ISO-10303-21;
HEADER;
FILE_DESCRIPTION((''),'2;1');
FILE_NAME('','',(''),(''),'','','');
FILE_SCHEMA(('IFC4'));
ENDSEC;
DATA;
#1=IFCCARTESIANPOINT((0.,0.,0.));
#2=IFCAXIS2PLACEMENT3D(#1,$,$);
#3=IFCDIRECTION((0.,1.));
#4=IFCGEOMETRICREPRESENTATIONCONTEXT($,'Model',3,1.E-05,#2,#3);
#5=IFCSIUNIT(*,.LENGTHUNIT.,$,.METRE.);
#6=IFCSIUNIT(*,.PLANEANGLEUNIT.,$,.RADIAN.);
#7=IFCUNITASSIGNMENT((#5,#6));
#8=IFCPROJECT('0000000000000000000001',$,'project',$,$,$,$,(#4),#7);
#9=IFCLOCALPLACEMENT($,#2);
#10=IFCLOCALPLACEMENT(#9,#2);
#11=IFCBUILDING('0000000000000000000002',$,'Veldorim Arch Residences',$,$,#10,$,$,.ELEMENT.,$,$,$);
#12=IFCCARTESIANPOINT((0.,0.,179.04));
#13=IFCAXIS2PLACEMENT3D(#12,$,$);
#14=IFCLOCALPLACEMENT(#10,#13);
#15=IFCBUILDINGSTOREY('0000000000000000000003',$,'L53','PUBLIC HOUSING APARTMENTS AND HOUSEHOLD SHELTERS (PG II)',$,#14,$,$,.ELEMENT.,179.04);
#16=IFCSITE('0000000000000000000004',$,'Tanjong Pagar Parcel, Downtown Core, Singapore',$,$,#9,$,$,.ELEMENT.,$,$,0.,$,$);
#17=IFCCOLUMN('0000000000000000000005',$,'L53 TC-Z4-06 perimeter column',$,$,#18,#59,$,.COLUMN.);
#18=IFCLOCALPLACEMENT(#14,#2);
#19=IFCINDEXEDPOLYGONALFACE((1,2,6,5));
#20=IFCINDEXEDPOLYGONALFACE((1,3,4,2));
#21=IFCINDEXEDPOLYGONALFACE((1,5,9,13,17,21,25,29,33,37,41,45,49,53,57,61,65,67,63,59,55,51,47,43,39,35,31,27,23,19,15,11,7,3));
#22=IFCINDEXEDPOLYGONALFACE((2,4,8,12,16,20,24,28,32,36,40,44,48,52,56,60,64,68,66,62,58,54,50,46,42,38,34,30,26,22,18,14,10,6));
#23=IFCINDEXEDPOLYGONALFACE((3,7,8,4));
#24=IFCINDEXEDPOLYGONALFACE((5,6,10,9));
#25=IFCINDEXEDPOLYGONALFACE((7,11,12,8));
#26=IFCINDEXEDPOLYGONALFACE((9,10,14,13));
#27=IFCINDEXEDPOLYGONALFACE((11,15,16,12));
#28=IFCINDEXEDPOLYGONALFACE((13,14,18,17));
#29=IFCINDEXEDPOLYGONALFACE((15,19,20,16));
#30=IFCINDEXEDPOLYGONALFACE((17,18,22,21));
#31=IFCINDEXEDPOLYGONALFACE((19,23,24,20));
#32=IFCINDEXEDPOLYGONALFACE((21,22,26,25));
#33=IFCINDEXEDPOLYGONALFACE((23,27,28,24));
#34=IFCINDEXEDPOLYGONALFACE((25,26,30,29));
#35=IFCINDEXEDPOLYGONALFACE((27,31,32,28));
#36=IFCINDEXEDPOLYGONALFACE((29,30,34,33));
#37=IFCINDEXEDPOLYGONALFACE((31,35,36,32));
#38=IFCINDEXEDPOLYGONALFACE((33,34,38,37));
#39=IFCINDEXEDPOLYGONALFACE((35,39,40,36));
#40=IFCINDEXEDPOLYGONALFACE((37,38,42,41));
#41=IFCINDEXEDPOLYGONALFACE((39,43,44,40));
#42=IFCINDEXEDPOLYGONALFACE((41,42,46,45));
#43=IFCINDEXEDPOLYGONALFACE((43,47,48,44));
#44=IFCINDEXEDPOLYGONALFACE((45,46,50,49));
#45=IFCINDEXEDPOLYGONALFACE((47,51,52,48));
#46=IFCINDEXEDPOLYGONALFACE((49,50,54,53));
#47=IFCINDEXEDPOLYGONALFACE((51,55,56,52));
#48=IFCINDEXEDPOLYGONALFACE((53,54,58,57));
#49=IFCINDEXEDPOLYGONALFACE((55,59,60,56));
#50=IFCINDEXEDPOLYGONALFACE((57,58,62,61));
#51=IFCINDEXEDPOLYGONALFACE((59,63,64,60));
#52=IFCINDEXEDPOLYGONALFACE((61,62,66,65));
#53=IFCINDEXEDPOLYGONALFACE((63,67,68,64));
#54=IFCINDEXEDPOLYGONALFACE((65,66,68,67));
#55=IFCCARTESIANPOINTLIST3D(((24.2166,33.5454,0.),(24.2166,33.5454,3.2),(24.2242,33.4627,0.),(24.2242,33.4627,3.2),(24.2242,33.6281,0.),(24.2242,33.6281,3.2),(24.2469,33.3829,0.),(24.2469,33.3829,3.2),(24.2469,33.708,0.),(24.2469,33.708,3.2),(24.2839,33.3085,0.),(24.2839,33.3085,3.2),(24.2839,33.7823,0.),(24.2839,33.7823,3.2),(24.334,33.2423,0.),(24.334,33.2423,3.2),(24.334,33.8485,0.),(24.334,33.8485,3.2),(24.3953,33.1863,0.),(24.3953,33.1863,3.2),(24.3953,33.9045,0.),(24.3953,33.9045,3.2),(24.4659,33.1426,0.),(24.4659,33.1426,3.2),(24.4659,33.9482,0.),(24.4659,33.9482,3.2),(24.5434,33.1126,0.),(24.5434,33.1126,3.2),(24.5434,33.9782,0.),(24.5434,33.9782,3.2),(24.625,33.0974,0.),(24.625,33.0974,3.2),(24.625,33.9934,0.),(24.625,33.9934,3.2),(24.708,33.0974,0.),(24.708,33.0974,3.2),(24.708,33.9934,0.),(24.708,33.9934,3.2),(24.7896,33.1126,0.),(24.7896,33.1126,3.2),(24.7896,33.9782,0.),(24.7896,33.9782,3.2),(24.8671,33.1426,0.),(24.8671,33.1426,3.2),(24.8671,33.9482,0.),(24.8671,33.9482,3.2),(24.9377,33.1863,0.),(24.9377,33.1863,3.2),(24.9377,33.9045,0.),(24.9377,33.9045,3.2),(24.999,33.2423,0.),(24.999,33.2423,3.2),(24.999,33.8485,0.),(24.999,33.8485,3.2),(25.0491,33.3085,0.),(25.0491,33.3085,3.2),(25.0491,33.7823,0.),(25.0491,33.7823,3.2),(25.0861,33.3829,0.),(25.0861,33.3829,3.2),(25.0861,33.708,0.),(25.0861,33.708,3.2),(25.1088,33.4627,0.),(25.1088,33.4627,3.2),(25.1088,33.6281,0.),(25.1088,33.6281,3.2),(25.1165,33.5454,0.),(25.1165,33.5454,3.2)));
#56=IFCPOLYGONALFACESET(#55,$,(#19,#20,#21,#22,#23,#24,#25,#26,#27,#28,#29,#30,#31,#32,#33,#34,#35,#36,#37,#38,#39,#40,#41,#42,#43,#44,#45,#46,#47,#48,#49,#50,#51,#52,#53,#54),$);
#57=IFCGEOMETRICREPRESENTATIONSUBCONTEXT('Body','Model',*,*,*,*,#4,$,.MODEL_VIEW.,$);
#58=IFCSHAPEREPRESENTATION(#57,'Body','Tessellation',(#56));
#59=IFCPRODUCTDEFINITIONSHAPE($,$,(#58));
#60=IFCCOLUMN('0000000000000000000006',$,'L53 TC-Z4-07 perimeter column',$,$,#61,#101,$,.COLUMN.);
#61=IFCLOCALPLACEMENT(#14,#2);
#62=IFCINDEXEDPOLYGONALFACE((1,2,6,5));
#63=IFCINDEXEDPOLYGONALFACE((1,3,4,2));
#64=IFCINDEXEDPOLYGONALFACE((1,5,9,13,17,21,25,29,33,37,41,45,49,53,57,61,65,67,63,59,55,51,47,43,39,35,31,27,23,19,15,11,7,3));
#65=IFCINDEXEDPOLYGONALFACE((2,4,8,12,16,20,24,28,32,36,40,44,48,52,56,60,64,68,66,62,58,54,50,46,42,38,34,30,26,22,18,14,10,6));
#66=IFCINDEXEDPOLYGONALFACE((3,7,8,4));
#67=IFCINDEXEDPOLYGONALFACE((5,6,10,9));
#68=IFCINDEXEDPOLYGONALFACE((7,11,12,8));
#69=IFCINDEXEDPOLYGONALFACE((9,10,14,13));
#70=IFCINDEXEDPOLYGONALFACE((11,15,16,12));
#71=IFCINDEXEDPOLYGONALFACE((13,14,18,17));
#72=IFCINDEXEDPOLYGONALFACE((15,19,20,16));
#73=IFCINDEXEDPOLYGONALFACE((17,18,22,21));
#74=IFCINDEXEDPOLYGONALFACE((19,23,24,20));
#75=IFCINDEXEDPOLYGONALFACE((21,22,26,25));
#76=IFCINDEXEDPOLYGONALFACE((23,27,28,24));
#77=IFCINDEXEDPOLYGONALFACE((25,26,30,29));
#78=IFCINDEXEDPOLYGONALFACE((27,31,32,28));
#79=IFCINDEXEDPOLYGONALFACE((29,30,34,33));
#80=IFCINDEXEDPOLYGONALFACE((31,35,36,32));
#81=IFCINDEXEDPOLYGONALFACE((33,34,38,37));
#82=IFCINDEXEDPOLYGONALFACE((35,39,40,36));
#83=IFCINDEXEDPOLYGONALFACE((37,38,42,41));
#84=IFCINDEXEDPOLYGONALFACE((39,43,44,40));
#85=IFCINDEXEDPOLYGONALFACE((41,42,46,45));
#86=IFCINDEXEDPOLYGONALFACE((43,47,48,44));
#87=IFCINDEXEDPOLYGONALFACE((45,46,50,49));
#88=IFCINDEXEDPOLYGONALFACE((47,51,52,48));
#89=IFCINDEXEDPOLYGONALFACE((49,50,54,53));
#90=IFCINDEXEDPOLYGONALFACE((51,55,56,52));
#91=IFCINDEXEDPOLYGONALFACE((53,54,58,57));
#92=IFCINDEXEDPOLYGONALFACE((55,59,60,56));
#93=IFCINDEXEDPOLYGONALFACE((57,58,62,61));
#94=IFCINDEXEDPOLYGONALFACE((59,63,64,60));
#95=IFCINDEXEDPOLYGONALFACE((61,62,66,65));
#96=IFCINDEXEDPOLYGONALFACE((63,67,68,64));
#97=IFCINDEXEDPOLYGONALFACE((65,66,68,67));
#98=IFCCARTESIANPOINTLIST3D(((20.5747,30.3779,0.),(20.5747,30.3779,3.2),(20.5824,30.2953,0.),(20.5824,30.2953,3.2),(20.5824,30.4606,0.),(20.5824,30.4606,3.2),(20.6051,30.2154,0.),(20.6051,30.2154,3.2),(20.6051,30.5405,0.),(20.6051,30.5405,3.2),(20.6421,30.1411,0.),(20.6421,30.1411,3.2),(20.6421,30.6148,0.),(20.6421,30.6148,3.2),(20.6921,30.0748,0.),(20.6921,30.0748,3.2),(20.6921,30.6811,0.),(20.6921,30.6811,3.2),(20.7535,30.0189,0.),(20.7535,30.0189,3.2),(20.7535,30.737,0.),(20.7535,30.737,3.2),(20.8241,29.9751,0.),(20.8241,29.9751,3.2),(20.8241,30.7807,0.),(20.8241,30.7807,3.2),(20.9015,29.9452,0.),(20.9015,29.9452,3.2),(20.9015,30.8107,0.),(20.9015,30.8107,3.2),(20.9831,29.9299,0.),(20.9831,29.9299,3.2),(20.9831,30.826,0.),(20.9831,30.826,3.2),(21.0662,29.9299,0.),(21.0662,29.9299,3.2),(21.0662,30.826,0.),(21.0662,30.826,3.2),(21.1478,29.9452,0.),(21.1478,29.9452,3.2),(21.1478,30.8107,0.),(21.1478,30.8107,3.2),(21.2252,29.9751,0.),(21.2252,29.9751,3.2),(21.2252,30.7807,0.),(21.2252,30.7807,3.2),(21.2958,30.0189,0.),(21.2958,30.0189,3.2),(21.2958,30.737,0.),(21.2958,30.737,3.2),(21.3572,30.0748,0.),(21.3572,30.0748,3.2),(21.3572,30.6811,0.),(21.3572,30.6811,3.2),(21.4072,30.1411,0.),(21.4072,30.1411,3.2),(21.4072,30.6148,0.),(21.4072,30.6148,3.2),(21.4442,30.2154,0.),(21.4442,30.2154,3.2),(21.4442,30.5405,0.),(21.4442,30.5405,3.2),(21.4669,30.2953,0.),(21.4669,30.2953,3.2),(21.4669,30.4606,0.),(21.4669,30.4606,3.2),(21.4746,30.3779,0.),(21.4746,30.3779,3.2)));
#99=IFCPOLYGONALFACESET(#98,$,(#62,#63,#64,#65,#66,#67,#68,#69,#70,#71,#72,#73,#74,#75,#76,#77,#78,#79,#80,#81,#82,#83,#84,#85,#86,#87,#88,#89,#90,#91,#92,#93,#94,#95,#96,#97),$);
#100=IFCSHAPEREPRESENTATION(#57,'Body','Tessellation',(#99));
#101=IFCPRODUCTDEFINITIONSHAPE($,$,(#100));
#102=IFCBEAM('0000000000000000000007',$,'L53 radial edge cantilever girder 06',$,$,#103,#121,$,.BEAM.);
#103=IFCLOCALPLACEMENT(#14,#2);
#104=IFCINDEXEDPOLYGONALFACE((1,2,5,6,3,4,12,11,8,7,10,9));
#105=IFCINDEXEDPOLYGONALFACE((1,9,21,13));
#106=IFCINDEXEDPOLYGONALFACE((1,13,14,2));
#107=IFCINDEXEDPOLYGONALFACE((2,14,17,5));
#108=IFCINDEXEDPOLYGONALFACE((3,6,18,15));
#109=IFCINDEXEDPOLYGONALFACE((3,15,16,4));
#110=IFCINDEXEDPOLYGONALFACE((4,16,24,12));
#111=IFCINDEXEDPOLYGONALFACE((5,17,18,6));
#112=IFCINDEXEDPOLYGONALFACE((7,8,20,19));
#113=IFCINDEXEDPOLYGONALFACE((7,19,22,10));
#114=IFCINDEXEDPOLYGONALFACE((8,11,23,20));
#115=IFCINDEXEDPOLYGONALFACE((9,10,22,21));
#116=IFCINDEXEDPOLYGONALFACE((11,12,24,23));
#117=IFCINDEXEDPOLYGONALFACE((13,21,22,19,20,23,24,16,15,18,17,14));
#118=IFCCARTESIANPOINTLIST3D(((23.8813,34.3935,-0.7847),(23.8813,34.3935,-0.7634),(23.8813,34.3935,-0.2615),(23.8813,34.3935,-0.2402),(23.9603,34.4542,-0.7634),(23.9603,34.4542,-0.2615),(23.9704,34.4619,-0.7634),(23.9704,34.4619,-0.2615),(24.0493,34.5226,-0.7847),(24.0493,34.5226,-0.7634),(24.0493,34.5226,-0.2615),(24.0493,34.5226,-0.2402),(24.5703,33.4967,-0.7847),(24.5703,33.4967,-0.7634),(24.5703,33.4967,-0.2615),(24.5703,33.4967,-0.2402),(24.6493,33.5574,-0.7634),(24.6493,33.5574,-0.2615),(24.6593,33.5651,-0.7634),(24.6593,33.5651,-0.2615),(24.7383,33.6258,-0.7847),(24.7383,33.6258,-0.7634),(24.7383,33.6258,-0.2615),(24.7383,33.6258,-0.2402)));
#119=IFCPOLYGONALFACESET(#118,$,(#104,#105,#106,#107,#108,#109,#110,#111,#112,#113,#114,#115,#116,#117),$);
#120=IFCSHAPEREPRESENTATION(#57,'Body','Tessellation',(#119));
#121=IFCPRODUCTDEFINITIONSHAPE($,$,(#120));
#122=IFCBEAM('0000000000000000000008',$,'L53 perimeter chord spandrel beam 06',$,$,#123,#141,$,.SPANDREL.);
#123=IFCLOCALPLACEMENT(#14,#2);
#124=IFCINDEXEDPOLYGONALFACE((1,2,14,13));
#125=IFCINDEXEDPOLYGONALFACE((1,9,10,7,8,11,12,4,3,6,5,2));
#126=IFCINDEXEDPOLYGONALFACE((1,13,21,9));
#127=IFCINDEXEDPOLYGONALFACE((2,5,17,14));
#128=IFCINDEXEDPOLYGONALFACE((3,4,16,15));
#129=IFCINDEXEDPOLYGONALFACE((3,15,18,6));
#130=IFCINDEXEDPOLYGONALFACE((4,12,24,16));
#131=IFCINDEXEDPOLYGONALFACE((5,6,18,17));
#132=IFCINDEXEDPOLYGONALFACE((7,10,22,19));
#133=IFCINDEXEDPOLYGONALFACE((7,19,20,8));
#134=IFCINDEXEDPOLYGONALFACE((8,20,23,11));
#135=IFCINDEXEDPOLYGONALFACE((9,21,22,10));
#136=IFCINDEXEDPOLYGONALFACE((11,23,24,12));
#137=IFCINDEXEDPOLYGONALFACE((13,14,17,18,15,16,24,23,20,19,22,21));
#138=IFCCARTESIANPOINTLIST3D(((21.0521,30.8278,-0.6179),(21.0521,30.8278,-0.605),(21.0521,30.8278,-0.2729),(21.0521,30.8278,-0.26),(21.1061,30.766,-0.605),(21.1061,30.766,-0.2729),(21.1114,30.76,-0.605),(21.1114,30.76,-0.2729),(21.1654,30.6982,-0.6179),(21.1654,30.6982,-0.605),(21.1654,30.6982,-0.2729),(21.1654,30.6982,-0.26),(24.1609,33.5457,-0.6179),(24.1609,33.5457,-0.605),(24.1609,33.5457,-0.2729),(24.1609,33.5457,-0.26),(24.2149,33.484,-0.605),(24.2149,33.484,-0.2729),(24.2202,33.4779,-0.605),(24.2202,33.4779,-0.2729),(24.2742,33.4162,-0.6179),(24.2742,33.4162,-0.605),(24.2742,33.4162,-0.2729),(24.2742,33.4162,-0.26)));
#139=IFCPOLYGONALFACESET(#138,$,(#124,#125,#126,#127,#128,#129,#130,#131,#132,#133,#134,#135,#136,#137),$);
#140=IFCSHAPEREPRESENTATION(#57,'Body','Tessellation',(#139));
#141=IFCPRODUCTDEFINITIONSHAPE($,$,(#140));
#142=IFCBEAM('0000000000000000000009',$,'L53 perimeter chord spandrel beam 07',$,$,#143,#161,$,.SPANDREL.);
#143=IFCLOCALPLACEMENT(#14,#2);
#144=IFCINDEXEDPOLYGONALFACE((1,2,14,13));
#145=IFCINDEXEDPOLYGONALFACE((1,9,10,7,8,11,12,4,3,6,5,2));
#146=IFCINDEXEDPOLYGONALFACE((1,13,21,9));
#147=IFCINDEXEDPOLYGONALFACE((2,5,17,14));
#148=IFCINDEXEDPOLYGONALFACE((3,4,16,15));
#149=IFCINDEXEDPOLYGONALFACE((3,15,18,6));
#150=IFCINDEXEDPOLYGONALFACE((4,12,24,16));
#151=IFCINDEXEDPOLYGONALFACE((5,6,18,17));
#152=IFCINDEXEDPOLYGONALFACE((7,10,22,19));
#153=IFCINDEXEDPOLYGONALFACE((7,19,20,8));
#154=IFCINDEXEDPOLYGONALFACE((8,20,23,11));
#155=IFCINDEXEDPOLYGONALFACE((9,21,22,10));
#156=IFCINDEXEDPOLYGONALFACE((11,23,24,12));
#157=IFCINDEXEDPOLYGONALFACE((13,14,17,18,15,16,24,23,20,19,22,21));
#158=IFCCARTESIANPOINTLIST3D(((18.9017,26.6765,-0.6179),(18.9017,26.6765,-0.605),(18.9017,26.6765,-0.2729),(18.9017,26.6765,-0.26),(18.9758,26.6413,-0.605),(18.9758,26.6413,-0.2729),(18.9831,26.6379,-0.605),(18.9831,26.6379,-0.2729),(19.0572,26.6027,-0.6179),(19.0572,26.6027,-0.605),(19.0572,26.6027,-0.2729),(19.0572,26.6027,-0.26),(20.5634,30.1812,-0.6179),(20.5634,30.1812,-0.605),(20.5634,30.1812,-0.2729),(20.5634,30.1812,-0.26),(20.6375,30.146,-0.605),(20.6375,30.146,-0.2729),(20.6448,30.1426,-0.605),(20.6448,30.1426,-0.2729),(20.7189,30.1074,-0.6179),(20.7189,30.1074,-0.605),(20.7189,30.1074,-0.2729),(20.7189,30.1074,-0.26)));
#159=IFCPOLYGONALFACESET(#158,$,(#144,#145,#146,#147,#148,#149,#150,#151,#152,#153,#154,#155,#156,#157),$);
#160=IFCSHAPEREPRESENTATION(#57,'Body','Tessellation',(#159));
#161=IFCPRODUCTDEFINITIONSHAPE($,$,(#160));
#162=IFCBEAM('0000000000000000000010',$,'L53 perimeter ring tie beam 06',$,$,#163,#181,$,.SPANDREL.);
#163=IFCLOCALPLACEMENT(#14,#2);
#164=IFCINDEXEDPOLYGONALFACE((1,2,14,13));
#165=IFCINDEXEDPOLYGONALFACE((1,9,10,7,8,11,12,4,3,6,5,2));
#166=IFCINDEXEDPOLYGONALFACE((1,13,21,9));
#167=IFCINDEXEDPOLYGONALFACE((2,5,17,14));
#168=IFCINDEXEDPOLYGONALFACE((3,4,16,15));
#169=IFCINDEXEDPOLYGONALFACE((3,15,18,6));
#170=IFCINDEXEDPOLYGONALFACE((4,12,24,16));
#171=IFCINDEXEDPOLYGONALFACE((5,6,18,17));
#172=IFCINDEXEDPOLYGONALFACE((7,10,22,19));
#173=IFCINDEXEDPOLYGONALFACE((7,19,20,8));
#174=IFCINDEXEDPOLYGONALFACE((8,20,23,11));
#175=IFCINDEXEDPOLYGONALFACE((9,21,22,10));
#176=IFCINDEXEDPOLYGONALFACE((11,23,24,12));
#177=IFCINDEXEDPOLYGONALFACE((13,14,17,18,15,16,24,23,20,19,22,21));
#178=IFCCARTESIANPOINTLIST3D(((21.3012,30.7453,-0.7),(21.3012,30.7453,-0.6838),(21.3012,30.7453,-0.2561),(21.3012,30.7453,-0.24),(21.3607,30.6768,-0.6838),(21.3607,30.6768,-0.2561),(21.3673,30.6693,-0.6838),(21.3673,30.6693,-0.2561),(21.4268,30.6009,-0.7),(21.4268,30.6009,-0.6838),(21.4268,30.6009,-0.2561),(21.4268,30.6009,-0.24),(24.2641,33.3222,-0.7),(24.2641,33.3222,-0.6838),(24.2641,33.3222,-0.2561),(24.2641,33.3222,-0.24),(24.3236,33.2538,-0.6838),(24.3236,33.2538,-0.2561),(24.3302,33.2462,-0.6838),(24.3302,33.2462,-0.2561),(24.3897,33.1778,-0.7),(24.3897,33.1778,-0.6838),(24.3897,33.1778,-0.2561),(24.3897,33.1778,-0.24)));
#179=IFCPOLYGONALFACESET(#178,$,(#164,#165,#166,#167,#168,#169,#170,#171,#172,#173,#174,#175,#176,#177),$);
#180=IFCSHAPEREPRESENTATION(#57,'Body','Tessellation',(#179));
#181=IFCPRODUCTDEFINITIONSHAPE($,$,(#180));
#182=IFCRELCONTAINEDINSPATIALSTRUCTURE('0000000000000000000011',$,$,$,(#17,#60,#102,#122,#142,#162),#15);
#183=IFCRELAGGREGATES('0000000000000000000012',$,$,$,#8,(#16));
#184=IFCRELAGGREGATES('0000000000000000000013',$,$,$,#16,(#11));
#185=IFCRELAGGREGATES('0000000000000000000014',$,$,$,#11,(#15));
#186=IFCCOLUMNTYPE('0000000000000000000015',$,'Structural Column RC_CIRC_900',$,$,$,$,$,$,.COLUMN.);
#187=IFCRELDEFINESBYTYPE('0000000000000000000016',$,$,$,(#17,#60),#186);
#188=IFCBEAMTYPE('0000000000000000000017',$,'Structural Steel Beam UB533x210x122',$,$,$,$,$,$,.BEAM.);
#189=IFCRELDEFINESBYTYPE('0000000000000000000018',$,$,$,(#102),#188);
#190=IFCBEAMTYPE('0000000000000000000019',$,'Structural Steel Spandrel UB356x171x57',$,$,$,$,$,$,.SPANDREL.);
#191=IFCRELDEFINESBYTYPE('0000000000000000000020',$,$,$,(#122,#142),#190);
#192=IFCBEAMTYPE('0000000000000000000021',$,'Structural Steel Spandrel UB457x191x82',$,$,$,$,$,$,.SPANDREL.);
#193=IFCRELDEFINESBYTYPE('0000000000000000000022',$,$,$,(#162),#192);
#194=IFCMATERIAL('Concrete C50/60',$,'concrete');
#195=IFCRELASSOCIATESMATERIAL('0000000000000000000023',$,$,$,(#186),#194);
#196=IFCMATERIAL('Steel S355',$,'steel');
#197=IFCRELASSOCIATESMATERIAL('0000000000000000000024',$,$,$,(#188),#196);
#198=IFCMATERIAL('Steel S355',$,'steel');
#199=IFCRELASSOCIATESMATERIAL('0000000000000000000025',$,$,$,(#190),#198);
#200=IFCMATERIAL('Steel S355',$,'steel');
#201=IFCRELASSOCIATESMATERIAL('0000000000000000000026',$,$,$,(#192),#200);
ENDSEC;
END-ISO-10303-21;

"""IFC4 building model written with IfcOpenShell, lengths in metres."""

from ifc_helpers import new_model, si_unit, direction, frame, origin, origin_2d, place, context, subcontext, project, spatial, circle, i_section, extrude, material, material_profile, profile_set, type_object, element, save


model = new_model("IFC4")

# Units and contexts
model_context = context("Model", 3, precision=1e-05, world=origin(), true_north=direction((0.0, 1.0)))
body_context = subcontext(model_context, "Body", "Model", "MODEL_VIEW")
ifc_project = project(units=[si_unit("LENGTHUNIT", "METRE"), si_unit("PLANEANGLEUNIT", "RADIAN")], contexts=[model_context])

# Site, building, storey
site_placement = place(None, origin())
site = spatial("IfcSite", under=ifc_project, at=site_placement, Name="Tanjong Pagar Parcel, Downtown Core, Singapore", CompositionType="ELEMENT", RefElevation=0.0)
building_placement = place(site_placement, origin())
building = spatial("IfcBuilding", under=site, at=building_placement, Name="Veldorim Arch Residences", CompositionType="ELEMENT")
storey_placement = place(building_placement, frame((0.0, 0.0, 179.04)))
storey = spatial("IfcBuildingStorey", under=building, at=storey_placement, Name="L53", Description="PUBLIC HOUSING APARTMENTS AND HOUSEHOLD SHELTERS (PG II)", CompositionType="ELEMENT", Elevation=179.04)

# Columns
ifc_material_1 = material(Name="Concrete C50/60", Category="concrete")
ifc_material_profile_1 = material_profile(ifc_material_1, circle(Radius=0.45, at=origin_2d()), Name="RC_CIRC_900")
ifc_profile_set_1 = profile_set([ifc_material_profile_1], Name="Concrete C50/60")
column_type = type_object("IfcColumnType", Name="Structural Column RC_CIRC_900", PredefinedType="COLUMN", material=ifc_profile_set_1)
for number, where, z_axis, x_axis, name in (
    (1, (24.6665, 33.5454, 0.0), (0.0, 0.0, 1.0), (1.0, 0.0, 0.0), "L53 TC-Z4-06 perimeter column"),
    (2, (21.0247, 30.3779, 0.0), (0.0, 0.0, 1.0), (1.0, 0.0, 0.0), "L53 TC-Z4-07 perimeter column"),
):
    element("IfcColumn", number, at=place(storey_placement, frame(where, z_axis=z_axis, x_axis=x_axis)), inside=storey, type_object=column_type, Name=name, PredefinedType="COLUMN", context=body_context, shape_type="SweptSolid", body=[
        extrude(circle(Radius=0.45, at=origin_2d()), origin(), (0.0, 0.0, 1.0), 3.2),
    ])

# Beams
ifc_material_2 = material(Name="Steel S355", Category="steel")
ifc_material_profile_2 = material_profile(ifc_material_2, i_section(OverallWidth=0.2119, OverallDepth=0.5444, WebThickness=0.0127, FlangeThickness=0.0212, at=origin_2d()), Name="UB533x210x122")
ifc_profile_set_2 = profile_set([ifc_material_profile_2], Name="Steel S355")
beam_type_1 = type_object("IfcBeamType", Name="Structural Steel Beam UB533x210x122", PredefinedType="BEAM", material=ifc_profile_set_2)
beam_1_placement = place(storey_placement, frame((24.6543, 33.5613, -0.5125), z_axis=(-0.609252, 0.792977, 0.0), x_axis=(-0.792977, -0.609252, 0.0)))
element("IfcBeam", 3, at=beam_1_placement, inside=storey, type_object=beam_type_1, Name="L53 radial edge cantilever girder 06", PredefinedType="BEAM", context=body_context, shape_type="SweptSolid", body=[
    extrude(i_section(OverallWidth=0.2119, OverallDepth=0.5444, WebThickness=0.0127, FlangeThickness=0.0212, at=origin_2d()), origin(), (0.0, 0.0, 1.0), 1.1309),
])
ifc_material_3 = material(Name="Steel S355", Category="steel")
ifc_material_profile_3 = material_profile(ifc_material_3, i_section(OverallWidth=0.1721, OverallDepth=0.3579, WebThickness=0.0081, FlangeThickness=0.0129, at=origin_2d()), Name="UB356x171x57")
ifc_profile_set_3 = profile_set([ifc_material_profile_3], Name="Steel S355")
beam_type_2 = type_object("IfcBeamType", Name="Structural Steel Spandrel UB356x171x57", PredefinedType="SPANDREL", material=ifc_profile_set_3)
beam_2_placement = place(storey_placement, frame((24.2175, 33.481, -0.439), z_axis=(-0.752848, -0.658195, 0.0), x_axis=(0.658195, -0.752848, 0.0)))
element("IfcBeam", 4, at=beam_2_placement, inside=storey, type_object=beam_type_2, Name="L53 perimeter chord spandrel beam 06", PredefinedType="SPANDREL", context=body_context, shape_type="SweptSolid", body=[
    extrude(i_section(OverallWidth=0.1721, OverallDepth=0.3579, WebThickness=0.0081, FlangeThickness=0.0129, at=origin_2d()), origin(), (0.0, 0.0, 1.0), 4.1294),
])
beam_3_placement = place(storey_placement, frame((20.6411, 30.1443, -0.439), z_axis=(-0.428408, -0.903585, 0.0), x_axis=(0.903585, -0.428408, 0.0)))
element("IfcBeam", 5, at=beam_3_placement, inside=storey, type_object=beam_type_2, Name="L53 perimeter chord spandrel beam 07", PredefinedType="SPANDREL", context=body_context, shape_type="SweptSolid", body=[
    extrude(i_section(OverallWidth=0.1721, OverallDepth=0.3579, WebThickness=0.0081, FlangeThickness=0.0129, at=origin_2d()), origin(), (0.0, 0.0, 1.0), 3.8787),
])
ifc_material_4 = material(Name="Steel S355", Category="steel")
ifc_material_profile_4 = material_profile(ifc_material_4, i_section(OverallWidth=0.1914, OverallDepth=0.46, WebThickness=0.01, FlangeThickness=0.0161, at=origin_2d()), Name="UB457x191x82")
ifc_profile_set_4 = profile_set([ifc_material_profile_4], Name="Steel S355")
beam_type_3 = type_object("IfcBeamType", Name="Structural Steel Spandrel UB457x191x82", PredefinedType="SPANDREL", material=ifc_profile_set_4)
beam_4_placement = place(storey_placement, frame((24.3269, 33.25, -0.47), z_axis=(-0.754545, -0.656248, 0.0), x_axis=(0.656248, -0.754545, 0.0)))
element("IfcBeam", 6, at=beam_4_placement, inside=storey, type_object=beam_type_3, Name="L53 perimeter ring tie beam 06", PredefinedType="SPANDREL", context=body_context, shape_type="SweptSolid", body=[
    extrude(i_section(OverallWidth=0.1914, OverallDepth=0.46, WebThickness=0.01, FlangeThickness=0.0161, at=origin_2d()), origin(), (0.0, 0.0, 1.0), 3.9268),
])

save(model, "model.ifc")
